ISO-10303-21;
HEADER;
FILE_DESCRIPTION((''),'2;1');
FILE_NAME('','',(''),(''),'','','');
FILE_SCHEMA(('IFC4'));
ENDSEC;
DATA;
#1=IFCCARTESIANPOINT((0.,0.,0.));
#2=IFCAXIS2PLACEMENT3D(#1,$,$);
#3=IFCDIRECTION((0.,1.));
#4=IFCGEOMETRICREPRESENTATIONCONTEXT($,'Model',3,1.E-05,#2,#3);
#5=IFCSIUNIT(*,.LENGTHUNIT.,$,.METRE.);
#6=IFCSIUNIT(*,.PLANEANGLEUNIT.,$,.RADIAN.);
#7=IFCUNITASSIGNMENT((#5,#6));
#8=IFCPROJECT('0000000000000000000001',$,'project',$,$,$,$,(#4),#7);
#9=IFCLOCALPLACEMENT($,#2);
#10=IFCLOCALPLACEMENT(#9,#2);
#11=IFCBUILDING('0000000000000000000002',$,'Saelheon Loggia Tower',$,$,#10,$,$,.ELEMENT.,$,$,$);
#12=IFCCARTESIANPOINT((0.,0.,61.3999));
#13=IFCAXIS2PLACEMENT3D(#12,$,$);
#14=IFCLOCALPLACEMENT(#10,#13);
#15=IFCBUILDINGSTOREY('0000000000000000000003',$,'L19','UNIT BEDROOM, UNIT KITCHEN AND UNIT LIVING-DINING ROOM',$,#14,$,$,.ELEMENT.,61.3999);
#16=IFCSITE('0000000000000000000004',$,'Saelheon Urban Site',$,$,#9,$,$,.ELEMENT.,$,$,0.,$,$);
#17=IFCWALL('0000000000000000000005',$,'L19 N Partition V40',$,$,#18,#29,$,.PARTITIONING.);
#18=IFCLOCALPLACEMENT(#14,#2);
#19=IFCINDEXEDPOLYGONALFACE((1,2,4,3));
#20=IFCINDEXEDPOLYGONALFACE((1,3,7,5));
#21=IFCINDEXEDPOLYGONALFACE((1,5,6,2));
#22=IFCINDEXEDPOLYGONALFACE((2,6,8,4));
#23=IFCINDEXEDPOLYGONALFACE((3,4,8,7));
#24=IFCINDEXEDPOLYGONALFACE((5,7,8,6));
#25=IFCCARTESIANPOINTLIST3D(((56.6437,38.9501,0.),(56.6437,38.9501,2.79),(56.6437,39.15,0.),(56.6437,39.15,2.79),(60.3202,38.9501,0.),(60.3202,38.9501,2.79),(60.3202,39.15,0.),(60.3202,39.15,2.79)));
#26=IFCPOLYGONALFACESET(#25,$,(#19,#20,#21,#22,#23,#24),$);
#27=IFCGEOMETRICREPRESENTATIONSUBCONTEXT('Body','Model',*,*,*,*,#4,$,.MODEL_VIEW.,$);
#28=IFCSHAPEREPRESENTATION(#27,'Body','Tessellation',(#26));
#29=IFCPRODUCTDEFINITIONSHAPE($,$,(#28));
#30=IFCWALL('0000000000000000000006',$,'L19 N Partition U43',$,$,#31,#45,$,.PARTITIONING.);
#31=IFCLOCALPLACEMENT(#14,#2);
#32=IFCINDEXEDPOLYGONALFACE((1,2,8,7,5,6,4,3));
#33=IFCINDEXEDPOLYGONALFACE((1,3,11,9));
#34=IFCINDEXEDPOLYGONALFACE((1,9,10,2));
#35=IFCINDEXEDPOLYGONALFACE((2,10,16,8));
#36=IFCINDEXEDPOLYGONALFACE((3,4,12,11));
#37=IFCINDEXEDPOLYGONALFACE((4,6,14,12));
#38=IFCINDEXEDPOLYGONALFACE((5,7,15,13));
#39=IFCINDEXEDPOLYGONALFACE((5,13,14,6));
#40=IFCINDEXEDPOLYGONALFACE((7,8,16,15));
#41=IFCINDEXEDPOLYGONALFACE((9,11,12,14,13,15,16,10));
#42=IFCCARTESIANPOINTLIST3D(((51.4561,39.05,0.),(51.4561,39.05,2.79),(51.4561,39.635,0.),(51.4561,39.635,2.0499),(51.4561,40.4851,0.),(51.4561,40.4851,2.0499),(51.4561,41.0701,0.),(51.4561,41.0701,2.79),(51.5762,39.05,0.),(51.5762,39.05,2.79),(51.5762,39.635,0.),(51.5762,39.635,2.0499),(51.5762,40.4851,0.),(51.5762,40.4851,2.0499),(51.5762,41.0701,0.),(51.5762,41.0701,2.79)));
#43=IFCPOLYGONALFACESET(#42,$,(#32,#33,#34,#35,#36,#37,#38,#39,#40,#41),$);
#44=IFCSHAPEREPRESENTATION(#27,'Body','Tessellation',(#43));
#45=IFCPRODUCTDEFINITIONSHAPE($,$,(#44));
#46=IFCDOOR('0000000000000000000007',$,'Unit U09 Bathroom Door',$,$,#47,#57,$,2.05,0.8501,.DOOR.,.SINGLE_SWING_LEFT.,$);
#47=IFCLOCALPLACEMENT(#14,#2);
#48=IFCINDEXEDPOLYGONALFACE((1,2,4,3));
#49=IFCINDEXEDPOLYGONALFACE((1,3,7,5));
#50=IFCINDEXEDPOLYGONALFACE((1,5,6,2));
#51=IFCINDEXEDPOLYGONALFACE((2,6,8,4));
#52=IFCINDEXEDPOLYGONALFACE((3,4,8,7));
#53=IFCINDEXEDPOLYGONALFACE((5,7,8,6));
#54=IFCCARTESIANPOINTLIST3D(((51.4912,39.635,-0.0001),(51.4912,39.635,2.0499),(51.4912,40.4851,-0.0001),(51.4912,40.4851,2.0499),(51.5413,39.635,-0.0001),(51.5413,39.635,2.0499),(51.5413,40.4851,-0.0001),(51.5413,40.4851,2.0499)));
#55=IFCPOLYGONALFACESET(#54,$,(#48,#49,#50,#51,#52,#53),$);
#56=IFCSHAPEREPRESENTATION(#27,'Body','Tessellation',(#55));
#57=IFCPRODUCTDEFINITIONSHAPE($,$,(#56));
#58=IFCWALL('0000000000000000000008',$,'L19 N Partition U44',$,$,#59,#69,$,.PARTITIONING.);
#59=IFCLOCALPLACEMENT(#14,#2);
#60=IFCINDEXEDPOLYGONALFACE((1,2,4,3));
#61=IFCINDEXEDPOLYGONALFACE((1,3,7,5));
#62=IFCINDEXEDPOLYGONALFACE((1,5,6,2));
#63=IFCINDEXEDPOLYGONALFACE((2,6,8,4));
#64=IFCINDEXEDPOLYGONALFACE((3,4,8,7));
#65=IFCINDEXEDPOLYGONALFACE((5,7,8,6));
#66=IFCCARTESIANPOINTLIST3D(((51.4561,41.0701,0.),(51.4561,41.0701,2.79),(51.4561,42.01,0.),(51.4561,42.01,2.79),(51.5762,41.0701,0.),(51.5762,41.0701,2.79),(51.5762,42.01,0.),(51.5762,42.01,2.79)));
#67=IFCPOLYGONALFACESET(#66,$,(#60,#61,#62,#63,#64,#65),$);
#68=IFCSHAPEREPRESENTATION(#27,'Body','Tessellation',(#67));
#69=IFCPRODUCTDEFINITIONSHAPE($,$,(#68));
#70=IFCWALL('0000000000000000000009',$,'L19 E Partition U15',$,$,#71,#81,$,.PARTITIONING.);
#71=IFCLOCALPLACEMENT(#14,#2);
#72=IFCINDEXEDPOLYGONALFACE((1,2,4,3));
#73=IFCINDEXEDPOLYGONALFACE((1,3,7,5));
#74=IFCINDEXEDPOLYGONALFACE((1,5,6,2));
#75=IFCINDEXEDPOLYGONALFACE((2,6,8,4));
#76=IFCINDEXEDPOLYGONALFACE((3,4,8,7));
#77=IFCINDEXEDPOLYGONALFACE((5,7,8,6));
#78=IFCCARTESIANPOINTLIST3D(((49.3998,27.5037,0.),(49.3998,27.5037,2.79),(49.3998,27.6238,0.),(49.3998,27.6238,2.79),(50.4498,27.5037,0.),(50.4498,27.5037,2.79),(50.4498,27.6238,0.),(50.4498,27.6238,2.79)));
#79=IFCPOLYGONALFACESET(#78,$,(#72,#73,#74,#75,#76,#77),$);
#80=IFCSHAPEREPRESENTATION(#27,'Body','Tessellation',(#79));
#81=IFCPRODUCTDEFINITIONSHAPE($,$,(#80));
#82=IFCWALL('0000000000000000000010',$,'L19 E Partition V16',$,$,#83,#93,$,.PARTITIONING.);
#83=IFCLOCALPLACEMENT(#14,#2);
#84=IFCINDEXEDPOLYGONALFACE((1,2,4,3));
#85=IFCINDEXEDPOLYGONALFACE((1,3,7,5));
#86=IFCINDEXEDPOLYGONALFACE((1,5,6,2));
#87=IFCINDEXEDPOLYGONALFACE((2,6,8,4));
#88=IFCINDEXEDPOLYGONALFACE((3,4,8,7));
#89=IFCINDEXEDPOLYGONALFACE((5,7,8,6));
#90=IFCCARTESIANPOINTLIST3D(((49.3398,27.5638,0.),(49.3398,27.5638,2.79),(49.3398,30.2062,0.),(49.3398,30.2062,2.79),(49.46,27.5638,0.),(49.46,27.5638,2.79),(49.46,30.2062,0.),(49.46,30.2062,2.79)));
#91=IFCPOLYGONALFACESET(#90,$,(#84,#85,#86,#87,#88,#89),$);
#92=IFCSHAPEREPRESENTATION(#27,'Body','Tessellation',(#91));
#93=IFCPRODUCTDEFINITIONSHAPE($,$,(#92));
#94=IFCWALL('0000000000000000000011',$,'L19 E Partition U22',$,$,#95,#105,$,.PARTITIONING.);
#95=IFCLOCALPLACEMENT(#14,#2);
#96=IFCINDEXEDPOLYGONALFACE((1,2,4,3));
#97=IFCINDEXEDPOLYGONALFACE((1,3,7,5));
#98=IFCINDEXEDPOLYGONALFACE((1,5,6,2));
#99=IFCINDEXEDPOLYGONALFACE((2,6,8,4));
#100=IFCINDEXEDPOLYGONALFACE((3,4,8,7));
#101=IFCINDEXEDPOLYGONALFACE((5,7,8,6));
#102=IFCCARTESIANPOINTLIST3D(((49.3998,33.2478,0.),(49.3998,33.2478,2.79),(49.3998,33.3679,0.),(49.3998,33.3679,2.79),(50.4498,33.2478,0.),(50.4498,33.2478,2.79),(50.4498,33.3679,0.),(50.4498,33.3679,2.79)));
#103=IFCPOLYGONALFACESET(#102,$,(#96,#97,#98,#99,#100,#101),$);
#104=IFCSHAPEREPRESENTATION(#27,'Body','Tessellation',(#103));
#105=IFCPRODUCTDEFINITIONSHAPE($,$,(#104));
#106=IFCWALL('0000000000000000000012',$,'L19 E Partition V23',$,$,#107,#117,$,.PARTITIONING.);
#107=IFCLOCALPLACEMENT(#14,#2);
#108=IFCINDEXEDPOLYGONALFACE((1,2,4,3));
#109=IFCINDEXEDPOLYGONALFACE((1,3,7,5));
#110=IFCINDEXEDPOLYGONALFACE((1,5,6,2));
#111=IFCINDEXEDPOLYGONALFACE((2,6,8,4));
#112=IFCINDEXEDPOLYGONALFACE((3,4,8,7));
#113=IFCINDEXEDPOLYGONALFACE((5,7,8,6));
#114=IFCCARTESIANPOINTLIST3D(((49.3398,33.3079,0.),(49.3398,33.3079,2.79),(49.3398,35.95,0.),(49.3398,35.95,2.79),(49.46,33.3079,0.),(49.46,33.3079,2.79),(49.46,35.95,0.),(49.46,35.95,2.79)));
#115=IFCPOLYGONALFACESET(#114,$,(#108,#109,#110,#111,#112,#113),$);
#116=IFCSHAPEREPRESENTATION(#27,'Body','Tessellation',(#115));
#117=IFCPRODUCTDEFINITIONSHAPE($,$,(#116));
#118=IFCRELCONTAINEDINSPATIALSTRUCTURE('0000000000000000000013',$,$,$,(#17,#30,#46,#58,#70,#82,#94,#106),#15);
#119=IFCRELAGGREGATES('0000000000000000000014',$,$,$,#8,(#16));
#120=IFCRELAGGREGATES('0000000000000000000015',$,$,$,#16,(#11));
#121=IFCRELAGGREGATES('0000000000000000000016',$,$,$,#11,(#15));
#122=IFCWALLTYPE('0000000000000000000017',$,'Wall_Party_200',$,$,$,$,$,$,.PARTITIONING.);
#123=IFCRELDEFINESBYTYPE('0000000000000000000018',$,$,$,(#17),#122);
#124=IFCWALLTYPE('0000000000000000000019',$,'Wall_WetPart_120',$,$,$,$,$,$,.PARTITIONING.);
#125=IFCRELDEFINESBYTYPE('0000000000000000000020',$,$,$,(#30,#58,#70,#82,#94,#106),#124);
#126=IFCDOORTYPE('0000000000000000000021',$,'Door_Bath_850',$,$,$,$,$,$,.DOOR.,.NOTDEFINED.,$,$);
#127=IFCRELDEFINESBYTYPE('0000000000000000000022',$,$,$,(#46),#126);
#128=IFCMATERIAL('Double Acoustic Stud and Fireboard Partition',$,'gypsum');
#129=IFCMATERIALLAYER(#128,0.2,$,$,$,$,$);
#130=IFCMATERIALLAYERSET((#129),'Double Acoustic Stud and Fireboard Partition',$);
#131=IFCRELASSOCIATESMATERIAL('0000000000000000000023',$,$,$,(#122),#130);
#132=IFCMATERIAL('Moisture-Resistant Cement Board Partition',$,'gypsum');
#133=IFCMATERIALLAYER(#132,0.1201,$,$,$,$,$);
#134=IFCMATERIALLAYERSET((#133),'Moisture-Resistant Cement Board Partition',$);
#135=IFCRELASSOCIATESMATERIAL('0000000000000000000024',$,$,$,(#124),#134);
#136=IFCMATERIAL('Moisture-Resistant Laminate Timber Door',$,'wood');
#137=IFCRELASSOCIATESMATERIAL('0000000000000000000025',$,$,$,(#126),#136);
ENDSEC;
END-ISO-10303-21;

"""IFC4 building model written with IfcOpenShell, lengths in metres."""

from ifc_helpers import new_model, si_unit, direction, frame, frame_2d, origin, place, context, subcontext, project, spatial, rectangle, extrude, source, transform, mapped, material, layer, layer_set, type_object, element, fill, save


model = new_model("IFC4")

# Units and contexts
model_context = context("Model", 3, precision=1e-05, world=origin(), true_north=direction((0.0, 1.0)))
body_context = subcontext(model_context, "Body", "Model", "MODEL_VIEW")
ifc_project = project(units=[si_unit("LENGTHUNIT", "METRE"), si_unit("PLANEANGLEUNIT", "RADIAN")], contexts=[model_context])

# Site, building, storey
site_placement = place(None, origin())
site = spatial("IfcSite", under=ifc_project, at=site_placement, Name="Saelheon Urban Site", CompositionType="ELEMENT", RefElevation=0.0)
building_placement = place(site_placement, origin())
building = spatial("IfcBuilding", under=site, at=building_placement, Name="Saelheon Loggia Tower", CompositionType="ELEMENT")
storey_placement = place(building_placement, frame((0.0, 0.0, 61.3999)))
storey = spatial("IfcBuildingStorey", under=building, at=storey_placement, Name="L19", Description="UNIT BEDROOM, UNIT KITCHEN AND UNIT LIVING-DINING ROOM", CompositionType="ELEMENT", Elevation=61.3999)

# Shared definitions
ifc_material_1 = material(Name="Double Acoustic Stud and Fireboard Partition", Category="gypsum")
ifc_layer_1 = layer(ifc_material_1, 0.2)
ifc_layer_set_1 = layer_set([ifc_layer_1], Name="Double Acoustic Stud and Fireboard Partition")
wall_type_1 = type_object("IfcWallType", Name="Wall_Party_200", PredefinedType="PARTITIONING", material=ifc_layer_set_1)

# Wall
wall_1_placement = place(storey_placement, frame((56.6436, 39.05, 0.0), z_axis=(0.0, 0.0, 1.0), x_axis=(1.0, 0.0, 0.0)))
element("IfcWall", 1, at=wall_1_placement, inside=storey, type_object=wall_type_1, Name="L19 N Partition V40", PredefinedType="PARTITIONING", context=body_context, shape_type="SweptSolid", body=[
    extrude(rectangle(XDim=3.6765, YDim=0.2, at=frame_2d((1.8384, 0.0))), origin(), (0.0, 0.0, 1.0), 2.79),
])

# Wall, opening, door
ifc_material_2 = material(Name="Moisture-Resistant Cement Board Partition", Category="gypsum")
ifc_layer_2 = layer(ifc_material_2, 0.1201)
ifc_layer_set_2 = layer_set([ifc_layer_2], Name="Moisture-Resistant Cement Board Partition")
wall_type_2 = type_object("IfcWallType", Name="Wall_WetPart_120", PredefinedType="PARTITIONING", material=ifc_layer_set_2)
wall_2_placement = place(storey_placement, frame((51.5161, 39.05, 0.0), z_axis=(0.0, 0.0, 1.0), x_axis=(0.0, 1.0, 0.0)))
wall_2 = element("IfcWall", 2, at=wall_2_placement, inside=storey, type_object=wall_type_2, Name="L19 N Partition U43", PredefinedType="PARTITIONING", context=body_context, shape_type="SweptSolid", body=[
    extrude(rectangle(XDim=2.02, YDim=0.1201, at=frame_2d((1.01, 0.0))), origin(), (0.0, 0.0, 1.0), 2.79),
])
opening_1_placement = place(wall_2_placement, frame((0.585, 0.0, 0.0)))
opening_1 = element("IfcOpeningElement", 3, at=opening_1_placement, cuts=wall_2, PredefinedType="OPENING", context=body_context, shape_type="SweptSolid", body=[
    extrude(rectangle(XDim=0.8501, YDim=2.05, at=frame_2d((0.425, 1.0249))), frame((0.0, 0.072, 0.0), z_axis=(0.0, -1.0, 0.0), x_axis=(1.0, 0.0, 0.0)), (0.0, 0.0, 1.0), 0.144),
])
ifc_material_3 = material(Name="Moisture-Resistant Laminate Timber Door", Category="wood")
door_type_1 = type_object("IfcDoorType", Name="Door_Bath_850", OperationType="NOTDEFINED", PredefinedType="DOOR", material=ifc_material_3)
shared_shape_1 = source(origin(), body_context, "Body", "SweptSolid", [
    extrude(rectangle(XDim=0.8501, YDim=2.05, at=frame_2d((0.425, 1.0249))), frame((0.0, 0.0249, 0.0), z_axis=(0.0, -1.0, 0.0), x_axis=(1.0, 0.0, 0.0)), (0.0, 0.0, 1.0), 0.05),
])
door_1_placement = place(opening_1_placement, origin())
door_1 = element("IfcDoor", 4, at=door_1_placement, inside=storey, type_object=door_type_1, Name="Unit U09 Bathroom Door", OperationType="SINGLE_SWING_LEFT", OverallHeight=2.05, OverallWidth=0.8501, PredefinedType="DOOR", context=body_context, shape_type="MappedRepresentation", body=[
    mapped(shared_shape_1, transform((0.0, 0.0, 0.0), scale=1.0)),
])
fill(opening_1, door_1)

# Walls
wall_3_placement = place(storey_placement, frame((51.5161, 41.0701, 0.0), z_axis=(0.0, 0.0, 1.0), x_axis=(0.0, 1.0, 0.0)))
element("IfcWall", 5, at=wall_3_placement, inside=storey, type_object=wall_type_2, Name="L19 N Partition U44", PredefinedType="PARTITIONING", context=body_context, shape_type="SweptSolid", body=[
    extrude(rectangle(XDim=0.9399, YDim=0.1201, at=frame_2d((0.47, 0.0))), origin(), (0.0, 0.0, 1.0), 2.79),
])
wall_4_placement = place(storey_placement, frame((49.3999, 27.5637, 0.0), z_axis=(0.0, 0.0, 1.0), x_axis=(1.0, 0.0, 0.0)))
element("IfcWall", 6, at=wall_4_placement, inside=storey, type_object=wall_type_2, Name="L19 E Partition U15", PredefinedType="PARTITIONING", context=body_context, shape_type="SweptSolid", body=[
    extrude(rectangle(XDim=1.05, YDim=0.1201, at=frame_2d((0.5249, 0.0))), origin(), (0.0, 0.0, 1.0), 2.79),
])
wall_5_placement = place(storey_placement, frame((49.3999, 27.5637, 0.0), z_axis=(0.0, 0.0, 1.0), x_axis=(0.0, 1.0, 0.0)))
element("IfcWall", 7, at=wall_5_placement, inside=storey, type_object=wall_type_2, Name="L19 E Partition V16", PredefinedType="PARTITIONING", context=body_context, shape_type="SweptSolid", body=[
    extrude(rectangle(XDim=2.6423, YDim=0.1201, at=frame_2d((1.3213, 0.0))), origin(), (0.0, 0.0, 1.0), 2.79),
])
wall_6_placement = place(storey_placement, frame((49.3999, 33.3079, 0.0), z_axis=(0.0, 0.0, 1.0), x_axis=(1.0, 0.0, 0.0)))
element("IfcWall", 8, at=wall_6_placement, inside=storey, type_object=wall_type_2, Name="L19 E Partition U22", PredefinedType="PARTITIONING", context=body_context, shape_type="SweptSolid", body=[
    extrude(rectangle(XDim=1.05, YDim=0.1201, at=frame_2d((0.5249, 0.0))), origin(), (0.0, 0.0, 1.0), 2.79),
])
wall_7_placement = place(storey_placement, frame((49.3999, 33.3079, 0.0), z_axis=(0.0, 0.0, 1.0), x_axis=(0.0, 1.0, 0.0)))
element("IfcWall", 9, at=wall_7_placement, inside=storey, type_object=wall_type_2, Name="L19 E Partition V23", PredefinedType="PARTITIONING", context=body_context, shape_type="SweptSolid", body=[
    extrude(rectangle(XDim=2.6421, YDim=0.1201, at=frame_2d((1.321, 0.0))), origin(), (0.0, 0.0, 1.0), 2.79),
])

save(model, "model.ifc")
